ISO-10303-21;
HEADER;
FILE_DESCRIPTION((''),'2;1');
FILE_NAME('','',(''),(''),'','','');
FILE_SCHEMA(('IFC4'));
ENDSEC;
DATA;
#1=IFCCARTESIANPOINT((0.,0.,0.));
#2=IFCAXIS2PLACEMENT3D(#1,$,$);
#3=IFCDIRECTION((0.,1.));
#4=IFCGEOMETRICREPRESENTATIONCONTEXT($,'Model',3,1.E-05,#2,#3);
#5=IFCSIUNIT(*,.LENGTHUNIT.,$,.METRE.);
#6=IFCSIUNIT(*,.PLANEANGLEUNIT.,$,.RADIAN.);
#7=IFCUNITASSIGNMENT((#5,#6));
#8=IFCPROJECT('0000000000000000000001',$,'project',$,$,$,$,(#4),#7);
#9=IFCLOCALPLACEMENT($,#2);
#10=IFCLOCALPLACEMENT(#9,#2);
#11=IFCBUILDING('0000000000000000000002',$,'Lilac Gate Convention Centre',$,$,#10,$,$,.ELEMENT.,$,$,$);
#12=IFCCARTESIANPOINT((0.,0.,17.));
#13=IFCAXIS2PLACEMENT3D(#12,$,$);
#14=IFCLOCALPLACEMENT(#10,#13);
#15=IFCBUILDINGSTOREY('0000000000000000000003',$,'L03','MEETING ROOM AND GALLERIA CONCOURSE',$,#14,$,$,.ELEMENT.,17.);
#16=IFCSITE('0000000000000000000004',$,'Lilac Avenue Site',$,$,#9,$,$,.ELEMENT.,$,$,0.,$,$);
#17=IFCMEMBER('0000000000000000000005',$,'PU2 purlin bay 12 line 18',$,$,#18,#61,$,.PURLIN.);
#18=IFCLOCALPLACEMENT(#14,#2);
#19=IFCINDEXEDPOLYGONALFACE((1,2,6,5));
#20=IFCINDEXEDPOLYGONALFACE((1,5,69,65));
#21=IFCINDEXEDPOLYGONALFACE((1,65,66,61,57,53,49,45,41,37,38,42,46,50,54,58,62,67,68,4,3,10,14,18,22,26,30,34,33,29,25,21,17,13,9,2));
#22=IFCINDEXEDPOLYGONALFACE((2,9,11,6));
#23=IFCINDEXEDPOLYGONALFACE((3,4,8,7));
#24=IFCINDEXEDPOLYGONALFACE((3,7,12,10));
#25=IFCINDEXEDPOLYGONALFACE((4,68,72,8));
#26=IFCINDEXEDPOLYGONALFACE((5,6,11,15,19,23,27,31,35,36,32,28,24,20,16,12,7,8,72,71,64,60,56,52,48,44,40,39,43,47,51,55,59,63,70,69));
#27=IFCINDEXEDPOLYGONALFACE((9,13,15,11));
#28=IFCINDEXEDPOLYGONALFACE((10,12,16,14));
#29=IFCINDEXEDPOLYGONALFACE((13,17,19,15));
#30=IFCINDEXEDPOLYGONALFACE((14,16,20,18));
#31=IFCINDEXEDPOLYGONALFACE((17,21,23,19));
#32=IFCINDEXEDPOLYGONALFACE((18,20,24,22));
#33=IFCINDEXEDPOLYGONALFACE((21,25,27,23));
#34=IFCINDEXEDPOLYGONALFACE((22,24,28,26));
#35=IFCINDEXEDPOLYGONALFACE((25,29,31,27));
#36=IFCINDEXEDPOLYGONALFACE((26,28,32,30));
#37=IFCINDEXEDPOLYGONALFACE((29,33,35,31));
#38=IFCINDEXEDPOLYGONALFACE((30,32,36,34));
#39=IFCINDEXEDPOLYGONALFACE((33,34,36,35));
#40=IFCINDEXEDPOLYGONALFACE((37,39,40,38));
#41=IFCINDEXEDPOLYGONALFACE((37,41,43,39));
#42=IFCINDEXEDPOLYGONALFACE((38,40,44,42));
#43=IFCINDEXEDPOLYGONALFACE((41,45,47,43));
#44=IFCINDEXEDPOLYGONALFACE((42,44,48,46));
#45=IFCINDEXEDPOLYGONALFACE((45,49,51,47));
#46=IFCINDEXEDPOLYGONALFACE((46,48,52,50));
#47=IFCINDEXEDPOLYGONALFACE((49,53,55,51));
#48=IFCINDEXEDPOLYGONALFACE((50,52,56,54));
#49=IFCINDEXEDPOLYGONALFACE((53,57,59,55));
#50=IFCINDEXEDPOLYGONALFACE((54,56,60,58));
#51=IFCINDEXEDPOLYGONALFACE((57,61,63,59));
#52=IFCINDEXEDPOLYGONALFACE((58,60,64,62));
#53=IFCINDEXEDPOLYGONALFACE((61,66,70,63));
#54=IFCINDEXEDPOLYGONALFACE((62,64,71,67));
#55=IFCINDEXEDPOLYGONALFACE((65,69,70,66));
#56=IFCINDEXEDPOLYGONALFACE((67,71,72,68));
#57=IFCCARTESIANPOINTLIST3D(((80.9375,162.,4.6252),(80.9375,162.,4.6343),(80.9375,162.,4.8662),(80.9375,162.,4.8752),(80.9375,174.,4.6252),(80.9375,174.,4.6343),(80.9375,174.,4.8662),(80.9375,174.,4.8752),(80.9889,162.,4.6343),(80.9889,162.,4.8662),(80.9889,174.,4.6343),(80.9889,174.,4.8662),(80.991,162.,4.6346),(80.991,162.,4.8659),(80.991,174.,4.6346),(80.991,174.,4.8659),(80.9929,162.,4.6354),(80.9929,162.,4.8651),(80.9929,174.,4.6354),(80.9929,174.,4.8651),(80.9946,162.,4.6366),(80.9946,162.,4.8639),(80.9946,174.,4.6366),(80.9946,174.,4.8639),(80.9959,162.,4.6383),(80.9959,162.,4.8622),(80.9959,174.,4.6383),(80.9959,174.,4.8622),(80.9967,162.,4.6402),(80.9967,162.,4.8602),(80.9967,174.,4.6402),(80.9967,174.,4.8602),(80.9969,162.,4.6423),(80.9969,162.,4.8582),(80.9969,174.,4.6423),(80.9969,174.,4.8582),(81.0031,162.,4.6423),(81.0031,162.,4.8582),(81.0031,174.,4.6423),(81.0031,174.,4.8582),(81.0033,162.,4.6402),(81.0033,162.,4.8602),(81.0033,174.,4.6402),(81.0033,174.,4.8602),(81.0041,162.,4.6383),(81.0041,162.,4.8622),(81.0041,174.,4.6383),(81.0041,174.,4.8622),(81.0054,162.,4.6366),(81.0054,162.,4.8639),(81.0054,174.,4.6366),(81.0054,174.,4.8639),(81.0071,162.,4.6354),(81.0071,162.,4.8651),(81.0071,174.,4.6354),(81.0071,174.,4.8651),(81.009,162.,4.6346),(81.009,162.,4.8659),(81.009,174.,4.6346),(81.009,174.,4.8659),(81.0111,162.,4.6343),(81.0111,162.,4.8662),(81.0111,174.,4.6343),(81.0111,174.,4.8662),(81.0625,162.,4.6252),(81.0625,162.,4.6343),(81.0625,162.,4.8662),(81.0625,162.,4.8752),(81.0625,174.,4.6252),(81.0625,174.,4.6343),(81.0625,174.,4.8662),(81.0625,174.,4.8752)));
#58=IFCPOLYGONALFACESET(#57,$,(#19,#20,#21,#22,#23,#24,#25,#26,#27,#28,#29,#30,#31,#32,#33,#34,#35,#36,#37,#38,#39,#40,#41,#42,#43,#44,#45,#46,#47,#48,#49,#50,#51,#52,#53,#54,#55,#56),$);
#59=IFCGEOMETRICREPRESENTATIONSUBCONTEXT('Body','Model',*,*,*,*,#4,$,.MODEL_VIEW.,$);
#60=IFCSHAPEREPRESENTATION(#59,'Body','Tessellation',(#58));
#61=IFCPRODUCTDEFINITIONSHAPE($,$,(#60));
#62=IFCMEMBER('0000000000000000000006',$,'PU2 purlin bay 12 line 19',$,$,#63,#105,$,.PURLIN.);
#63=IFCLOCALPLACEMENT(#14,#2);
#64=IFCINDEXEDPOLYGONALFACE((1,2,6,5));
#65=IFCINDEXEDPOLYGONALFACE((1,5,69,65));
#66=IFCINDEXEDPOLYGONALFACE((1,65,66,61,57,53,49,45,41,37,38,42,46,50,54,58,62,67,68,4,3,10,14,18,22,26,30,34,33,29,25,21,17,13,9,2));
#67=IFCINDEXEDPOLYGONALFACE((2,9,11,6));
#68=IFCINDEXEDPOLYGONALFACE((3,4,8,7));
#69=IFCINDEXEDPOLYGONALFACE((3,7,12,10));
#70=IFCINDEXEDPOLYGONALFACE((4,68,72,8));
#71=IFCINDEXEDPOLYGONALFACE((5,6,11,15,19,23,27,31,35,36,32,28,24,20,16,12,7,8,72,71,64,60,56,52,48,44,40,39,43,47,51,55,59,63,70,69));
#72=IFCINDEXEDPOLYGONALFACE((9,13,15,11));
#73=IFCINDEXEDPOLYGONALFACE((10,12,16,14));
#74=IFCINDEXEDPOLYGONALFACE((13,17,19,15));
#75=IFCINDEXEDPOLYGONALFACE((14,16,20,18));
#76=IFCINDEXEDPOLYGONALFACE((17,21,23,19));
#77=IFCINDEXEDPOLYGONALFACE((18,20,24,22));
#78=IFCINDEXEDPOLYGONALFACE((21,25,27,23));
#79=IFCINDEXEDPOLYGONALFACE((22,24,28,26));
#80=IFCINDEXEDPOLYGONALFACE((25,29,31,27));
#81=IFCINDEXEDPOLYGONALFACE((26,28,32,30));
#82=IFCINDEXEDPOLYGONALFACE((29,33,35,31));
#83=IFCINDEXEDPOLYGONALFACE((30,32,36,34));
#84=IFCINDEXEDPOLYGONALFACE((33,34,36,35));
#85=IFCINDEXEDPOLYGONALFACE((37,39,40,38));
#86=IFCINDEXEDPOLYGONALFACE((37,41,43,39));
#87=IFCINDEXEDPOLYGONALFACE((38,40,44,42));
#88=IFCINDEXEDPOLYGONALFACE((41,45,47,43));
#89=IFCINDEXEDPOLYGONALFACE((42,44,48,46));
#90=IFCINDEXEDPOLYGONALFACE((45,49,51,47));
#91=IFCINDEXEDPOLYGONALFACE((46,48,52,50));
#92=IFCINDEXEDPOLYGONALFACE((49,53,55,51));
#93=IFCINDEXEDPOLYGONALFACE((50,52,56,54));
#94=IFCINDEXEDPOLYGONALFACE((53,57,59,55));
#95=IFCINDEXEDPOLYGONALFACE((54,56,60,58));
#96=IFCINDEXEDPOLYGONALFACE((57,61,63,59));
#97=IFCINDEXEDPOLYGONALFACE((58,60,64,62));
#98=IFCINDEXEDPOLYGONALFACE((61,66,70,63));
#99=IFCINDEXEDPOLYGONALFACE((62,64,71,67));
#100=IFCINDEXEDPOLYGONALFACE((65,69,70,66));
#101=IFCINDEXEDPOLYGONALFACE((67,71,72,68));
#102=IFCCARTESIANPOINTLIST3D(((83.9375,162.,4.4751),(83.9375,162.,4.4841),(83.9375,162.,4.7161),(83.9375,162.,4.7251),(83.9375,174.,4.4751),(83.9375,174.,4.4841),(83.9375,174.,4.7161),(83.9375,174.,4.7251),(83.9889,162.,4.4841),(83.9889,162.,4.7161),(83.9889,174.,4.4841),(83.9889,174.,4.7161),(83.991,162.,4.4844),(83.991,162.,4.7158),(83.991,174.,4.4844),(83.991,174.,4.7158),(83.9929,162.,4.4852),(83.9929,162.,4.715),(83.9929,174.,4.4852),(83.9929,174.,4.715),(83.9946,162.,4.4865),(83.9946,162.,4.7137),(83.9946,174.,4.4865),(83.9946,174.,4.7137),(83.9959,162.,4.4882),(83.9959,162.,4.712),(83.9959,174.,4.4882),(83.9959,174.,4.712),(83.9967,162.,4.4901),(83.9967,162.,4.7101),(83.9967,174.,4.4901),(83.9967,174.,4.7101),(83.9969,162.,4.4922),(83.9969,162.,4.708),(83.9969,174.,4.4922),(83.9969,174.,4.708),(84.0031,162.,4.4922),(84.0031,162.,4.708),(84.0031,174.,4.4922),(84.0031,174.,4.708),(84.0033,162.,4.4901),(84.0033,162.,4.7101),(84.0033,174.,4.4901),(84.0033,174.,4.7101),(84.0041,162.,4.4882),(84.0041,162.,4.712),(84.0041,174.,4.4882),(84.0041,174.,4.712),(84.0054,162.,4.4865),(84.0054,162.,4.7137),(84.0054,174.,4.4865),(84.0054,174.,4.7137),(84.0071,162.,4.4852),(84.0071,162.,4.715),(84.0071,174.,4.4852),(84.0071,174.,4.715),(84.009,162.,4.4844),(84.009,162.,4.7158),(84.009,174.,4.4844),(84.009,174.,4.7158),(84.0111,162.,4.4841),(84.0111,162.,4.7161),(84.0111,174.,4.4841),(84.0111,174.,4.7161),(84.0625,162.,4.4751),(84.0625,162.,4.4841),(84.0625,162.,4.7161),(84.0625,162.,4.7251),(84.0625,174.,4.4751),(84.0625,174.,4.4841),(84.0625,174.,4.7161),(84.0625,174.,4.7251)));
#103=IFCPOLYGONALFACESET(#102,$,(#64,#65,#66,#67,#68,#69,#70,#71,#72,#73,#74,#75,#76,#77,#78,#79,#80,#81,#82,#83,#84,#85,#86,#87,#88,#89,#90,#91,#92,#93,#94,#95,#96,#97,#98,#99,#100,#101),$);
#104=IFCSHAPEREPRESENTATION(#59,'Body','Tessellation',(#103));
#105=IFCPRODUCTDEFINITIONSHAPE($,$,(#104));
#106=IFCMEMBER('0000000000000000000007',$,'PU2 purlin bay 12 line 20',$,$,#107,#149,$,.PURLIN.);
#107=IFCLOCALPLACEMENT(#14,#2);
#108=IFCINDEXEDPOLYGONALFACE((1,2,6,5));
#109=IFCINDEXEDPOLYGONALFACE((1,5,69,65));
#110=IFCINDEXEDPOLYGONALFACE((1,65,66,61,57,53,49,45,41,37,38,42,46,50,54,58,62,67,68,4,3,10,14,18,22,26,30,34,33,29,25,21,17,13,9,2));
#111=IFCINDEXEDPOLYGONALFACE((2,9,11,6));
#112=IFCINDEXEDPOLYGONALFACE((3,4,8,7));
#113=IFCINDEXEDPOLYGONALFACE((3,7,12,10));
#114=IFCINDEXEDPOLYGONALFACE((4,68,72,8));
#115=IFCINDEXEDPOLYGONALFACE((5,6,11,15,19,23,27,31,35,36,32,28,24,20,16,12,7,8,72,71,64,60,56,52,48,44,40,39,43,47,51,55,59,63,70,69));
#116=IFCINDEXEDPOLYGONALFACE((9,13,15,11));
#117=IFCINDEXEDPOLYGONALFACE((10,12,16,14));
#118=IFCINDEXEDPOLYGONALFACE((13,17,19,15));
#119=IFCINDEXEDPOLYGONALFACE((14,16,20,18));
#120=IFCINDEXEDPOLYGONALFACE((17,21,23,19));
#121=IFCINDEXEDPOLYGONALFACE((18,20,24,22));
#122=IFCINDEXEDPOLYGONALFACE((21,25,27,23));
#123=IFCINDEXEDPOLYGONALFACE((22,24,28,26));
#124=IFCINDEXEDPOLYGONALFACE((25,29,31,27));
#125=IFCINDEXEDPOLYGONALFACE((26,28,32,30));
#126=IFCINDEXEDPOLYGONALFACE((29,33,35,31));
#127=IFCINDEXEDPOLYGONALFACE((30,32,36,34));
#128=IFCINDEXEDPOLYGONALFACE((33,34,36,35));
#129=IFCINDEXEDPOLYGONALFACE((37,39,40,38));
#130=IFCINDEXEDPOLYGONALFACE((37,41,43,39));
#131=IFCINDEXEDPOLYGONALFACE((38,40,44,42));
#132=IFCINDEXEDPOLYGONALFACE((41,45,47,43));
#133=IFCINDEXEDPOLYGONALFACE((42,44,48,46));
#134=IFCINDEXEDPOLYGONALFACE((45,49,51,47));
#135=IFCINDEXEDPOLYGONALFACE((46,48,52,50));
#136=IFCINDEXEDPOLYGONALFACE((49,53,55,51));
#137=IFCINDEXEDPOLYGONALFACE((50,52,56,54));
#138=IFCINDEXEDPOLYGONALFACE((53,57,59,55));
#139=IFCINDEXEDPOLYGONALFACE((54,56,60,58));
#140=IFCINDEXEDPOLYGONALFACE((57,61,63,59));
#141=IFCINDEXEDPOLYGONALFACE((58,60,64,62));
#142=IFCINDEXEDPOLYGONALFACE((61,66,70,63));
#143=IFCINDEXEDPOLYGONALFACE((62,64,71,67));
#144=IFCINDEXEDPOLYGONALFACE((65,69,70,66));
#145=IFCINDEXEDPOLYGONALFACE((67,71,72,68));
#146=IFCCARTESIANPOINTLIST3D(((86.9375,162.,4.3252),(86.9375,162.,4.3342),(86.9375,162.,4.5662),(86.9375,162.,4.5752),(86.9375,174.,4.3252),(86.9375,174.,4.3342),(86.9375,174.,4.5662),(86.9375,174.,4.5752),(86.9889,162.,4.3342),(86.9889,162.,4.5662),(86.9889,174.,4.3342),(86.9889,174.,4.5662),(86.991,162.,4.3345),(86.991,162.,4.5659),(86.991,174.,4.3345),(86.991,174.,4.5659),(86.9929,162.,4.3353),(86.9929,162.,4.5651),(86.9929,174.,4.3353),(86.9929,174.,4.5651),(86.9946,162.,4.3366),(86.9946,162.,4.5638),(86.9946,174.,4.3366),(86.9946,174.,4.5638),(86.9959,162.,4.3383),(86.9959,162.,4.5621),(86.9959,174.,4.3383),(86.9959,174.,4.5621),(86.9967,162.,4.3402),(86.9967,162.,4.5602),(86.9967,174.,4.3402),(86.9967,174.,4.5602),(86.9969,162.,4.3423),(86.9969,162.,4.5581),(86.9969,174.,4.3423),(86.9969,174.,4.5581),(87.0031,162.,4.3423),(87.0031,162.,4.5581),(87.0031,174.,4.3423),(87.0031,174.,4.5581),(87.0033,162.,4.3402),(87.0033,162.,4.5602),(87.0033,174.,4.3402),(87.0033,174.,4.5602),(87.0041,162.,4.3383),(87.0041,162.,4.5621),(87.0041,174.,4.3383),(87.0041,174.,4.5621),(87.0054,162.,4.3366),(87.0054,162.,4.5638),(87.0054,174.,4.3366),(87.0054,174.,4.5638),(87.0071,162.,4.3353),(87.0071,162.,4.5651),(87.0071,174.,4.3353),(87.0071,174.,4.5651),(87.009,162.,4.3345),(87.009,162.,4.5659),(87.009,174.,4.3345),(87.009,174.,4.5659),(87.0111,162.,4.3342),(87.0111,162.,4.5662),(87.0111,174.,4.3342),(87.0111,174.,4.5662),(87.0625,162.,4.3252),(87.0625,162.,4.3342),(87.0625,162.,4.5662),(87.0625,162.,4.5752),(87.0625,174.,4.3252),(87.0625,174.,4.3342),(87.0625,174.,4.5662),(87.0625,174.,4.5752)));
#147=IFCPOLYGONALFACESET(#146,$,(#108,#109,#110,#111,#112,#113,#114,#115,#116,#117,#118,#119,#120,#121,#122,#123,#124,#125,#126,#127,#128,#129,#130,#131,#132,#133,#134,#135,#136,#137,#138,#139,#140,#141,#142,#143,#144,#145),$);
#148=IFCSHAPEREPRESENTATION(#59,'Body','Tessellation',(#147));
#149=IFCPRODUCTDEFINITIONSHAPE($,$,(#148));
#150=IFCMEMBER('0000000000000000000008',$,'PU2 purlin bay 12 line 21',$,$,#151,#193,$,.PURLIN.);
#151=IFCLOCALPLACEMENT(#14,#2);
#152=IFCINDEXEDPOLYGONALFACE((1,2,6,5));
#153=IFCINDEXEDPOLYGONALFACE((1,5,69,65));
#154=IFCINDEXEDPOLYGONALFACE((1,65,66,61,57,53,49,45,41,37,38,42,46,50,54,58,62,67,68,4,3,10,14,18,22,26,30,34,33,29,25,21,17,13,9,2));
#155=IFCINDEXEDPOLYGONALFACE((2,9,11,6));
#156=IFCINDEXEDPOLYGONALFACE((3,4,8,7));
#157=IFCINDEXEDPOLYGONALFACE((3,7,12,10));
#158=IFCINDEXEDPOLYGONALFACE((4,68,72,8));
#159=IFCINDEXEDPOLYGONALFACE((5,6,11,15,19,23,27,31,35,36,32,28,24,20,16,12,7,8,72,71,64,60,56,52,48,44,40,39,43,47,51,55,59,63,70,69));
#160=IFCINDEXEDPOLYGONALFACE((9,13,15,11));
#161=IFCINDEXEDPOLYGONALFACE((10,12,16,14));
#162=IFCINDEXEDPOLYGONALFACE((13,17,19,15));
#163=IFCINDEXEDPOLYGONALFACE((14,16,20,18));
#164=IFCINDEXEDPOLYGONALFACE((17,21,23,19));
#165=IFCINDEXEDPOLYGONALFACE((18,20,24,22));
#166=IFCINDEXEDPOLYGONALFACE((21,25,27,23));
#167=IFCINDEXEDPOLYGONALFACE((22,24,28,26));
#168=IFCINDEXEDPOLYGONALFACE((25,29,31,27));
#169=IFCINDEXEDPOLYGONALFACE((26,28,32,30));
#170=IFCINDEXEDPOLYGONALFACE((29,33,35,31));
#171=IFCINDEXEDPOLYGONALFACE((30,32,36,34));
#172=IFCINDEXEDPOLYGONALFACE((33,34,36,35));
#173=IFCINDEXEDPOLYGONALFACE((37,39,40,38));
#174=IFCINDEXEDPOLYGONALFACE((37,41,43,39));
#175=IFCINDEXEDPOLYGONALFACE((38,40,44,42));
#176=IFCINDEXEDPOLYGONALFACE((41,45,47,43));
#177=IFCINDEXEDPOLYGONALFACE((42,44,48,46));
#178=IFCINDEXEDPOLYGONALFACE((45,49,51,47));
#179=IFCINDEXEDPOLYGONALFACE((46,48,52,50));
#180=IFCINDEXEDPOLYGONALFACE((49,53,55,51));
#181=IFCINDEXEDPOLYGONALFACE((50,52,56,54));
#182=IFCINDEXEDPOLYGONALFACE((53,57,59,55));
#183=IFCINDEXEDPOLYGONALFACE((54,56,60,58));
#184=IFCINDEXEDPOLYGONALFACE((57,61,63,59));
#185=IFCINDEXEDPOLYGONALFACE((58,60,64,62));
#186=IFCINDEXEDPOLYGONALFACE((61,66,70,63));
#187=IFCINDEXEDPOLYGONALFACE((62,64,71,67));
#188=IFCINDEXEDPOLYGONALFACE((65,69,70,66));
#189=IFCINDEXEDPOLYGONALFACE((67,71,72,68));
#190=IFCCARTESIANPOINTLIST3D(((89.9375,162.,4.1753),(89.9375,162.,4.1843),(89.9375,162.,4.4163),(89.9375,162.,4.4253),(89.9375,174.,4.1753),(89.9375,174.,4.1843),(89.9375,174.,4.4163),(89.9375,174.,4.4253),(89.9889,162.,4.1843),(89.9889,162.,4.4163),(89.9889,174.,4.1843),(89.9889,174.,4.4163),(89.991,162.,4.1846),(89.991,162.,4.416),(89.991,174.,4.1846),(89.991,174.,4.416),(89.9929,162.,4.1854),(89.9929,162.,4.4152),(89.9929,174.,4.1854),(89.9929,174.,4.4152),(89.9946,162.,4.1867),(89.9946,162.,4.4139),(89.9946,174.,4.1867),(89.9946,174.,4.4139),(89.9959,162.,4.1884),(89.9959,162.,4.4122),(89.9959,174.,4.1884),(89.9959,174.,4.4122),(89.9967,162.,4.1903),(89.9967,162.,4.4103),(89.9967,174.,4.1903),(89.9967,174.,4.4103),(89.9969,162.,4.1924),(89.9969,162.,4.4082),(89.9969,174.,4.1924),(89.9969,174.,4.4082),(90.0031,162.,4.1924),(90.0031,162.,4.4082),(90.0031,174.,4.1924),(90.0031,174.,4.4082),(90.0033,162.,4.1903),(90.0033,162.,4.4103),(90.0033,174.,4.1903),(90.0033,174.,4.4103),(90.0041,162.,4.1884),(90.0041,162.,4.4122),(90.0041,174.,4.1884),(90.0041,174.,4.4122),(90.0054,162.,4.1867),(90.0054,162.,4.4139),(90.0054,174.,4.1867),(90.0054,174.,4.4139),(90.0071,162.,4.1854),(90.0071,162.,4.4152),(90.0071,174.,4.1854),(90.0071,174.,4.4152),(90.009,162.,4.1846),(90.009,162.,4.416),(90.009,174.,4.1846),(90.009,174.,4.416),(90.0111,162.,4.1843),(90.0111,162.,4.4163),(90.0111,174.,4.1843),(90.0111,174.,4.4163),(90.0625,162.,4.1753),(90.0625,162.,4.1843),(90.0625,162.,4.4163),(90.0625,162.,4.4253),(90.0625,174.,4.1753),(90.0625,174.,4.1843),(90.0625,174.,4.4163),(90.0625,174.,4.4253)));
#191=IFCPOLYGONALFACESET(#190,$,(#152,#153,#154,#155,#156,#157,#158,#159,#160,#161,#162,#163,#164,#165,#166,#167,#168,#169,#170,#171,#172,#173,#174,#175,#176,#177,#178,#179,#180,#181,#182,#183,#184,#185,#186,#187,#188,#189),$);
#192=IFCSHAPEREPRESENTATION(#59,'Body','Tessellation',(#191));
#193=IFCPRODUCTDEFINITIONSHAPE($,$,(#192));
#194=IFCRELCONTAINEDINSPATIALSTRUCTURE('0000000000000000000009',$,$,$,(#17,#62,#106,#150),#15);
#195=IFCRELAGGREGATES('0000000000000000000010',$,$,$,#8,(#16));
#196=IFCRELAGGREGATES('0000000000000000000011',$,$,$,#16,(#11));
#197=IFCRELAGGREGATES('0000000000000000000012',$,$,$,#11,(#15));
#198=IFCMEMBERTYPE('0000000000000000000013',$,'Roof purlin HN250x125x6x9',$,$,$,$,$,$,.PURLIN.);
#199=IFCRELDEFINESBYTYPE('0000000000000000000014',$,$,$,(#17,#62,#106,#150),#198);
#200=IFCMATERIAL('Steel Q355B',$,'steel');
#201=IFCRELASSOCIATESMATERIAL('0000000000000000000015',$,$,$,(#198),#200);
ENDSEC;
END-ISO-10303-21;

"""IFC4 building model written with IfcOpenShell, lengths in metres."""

from ifc_helpers import new_model, si_unit, direction, frame, origin, origin_2d, place, context, subcontext, project, spatial, i_section, extrude, material, material_profile, profile_set, type_object, element, save


model = new_model("IFC4")

# Units and contexts
model_context = context("Model", 3, precision=1e-05, world=origin(), true_north=direction((0.0, 1.0)))
body_context = subcontext(model_context, "Body", "Model", "MODEL_VIEW")
ifc_project = project(units=[si_unit("LENGTHUNIT", "METRE"), si_unit("PLANEANGLEUNIT", "RADIAN")], contexts=[model_context])

# Site, building, storey
site_placement = place(None, origin())
site = spatial("IfcSite", under=ifc_project, at=site_placement, Name="Lilac Avenue Site", CompositionType="ELEMENT", RefElevation=0.0)
building_placement = place(site_placement, origin())
building = spatial("IfcBuilding", under=site, at=building_placement, Name="Lilac Gate Convention Centre", CompositionType="ELEMENT")
storey_placement = place(building_placement, frame((0.0, 0.0, 17.0)))
storey = spatial("IfcBuildingStorey", under=building, at=storey_placement, Name="L03", Description="MEETING ROOM AND GALLERIA CONCOURSE", CompositionType="ELEMENT", Elevation=17.0)

# Members
ifc_material_1 = material(Name="Steel Q355B", Category="steel")
ifc_material_profile_1 = material_profile(ifc_material_1, i_section(OverallWidth=0.125, OverallDepth=0.25, WebThickness=0.0061, FlangeThickness=0.009, FilletRadius=0.0081, at=origin_2d()), Name="HN250x125x6x9")
ifc_profile_set_1 = profile_set([ifc_material_profile_1], Name="Steel Q355B")
member_type_1 = type_object("IfcMemberType", Name="Roof purlin HN250x125x6x9", PredefinedType="PURLIN", material=ifc_profile_set_1)
for number, where, z_axis, x_axis, name in (
    (1, (81.0, 162.0, 4.7502), (0.0, 1.0, 0.0), (-1.0, 0.0, 0.0), "PU2 purlin bay 12 line 18"),
    (2, (84.0, 162.0, 4.6001), (0.0, 1.0, 0.0), (-1.0, 0.0, 0.0), "PU2 purlin bay 12 line 19"),
    (3, (87.0, 162.0, 4.4502), (0.0, 1.0, 0.0), (-1.0, 0.0, 0.0), "PU2 purlin bay 12 line 20"),
    (4, (90.0, 162.0, 4.3003), (0.0, 1.0, 0.0), (-1.0, 0.0, 0.0), "PU2 purlin bay 12 line 21"),
):
    element("IfcMember", number, at=place(storey_placement, frame(where, z_axis=z_axis, x_axis=x_axis)), inside=storey, type_object=member_type_1, Name=name, PredefinedType="PURLIN", context=body_context, shape_type="SweptSolid", body=[
        extrude(i_section(OverallWidth=0.125, OverallDepth=0.25, WebThickness=0.0061, FlangeThickness=0.009, FilletRadius=0.0081, at=origin_2d()), origin(), (0.0, 0.0, 1.0), 12.0),
    ])

save(model, "model.ifc")
